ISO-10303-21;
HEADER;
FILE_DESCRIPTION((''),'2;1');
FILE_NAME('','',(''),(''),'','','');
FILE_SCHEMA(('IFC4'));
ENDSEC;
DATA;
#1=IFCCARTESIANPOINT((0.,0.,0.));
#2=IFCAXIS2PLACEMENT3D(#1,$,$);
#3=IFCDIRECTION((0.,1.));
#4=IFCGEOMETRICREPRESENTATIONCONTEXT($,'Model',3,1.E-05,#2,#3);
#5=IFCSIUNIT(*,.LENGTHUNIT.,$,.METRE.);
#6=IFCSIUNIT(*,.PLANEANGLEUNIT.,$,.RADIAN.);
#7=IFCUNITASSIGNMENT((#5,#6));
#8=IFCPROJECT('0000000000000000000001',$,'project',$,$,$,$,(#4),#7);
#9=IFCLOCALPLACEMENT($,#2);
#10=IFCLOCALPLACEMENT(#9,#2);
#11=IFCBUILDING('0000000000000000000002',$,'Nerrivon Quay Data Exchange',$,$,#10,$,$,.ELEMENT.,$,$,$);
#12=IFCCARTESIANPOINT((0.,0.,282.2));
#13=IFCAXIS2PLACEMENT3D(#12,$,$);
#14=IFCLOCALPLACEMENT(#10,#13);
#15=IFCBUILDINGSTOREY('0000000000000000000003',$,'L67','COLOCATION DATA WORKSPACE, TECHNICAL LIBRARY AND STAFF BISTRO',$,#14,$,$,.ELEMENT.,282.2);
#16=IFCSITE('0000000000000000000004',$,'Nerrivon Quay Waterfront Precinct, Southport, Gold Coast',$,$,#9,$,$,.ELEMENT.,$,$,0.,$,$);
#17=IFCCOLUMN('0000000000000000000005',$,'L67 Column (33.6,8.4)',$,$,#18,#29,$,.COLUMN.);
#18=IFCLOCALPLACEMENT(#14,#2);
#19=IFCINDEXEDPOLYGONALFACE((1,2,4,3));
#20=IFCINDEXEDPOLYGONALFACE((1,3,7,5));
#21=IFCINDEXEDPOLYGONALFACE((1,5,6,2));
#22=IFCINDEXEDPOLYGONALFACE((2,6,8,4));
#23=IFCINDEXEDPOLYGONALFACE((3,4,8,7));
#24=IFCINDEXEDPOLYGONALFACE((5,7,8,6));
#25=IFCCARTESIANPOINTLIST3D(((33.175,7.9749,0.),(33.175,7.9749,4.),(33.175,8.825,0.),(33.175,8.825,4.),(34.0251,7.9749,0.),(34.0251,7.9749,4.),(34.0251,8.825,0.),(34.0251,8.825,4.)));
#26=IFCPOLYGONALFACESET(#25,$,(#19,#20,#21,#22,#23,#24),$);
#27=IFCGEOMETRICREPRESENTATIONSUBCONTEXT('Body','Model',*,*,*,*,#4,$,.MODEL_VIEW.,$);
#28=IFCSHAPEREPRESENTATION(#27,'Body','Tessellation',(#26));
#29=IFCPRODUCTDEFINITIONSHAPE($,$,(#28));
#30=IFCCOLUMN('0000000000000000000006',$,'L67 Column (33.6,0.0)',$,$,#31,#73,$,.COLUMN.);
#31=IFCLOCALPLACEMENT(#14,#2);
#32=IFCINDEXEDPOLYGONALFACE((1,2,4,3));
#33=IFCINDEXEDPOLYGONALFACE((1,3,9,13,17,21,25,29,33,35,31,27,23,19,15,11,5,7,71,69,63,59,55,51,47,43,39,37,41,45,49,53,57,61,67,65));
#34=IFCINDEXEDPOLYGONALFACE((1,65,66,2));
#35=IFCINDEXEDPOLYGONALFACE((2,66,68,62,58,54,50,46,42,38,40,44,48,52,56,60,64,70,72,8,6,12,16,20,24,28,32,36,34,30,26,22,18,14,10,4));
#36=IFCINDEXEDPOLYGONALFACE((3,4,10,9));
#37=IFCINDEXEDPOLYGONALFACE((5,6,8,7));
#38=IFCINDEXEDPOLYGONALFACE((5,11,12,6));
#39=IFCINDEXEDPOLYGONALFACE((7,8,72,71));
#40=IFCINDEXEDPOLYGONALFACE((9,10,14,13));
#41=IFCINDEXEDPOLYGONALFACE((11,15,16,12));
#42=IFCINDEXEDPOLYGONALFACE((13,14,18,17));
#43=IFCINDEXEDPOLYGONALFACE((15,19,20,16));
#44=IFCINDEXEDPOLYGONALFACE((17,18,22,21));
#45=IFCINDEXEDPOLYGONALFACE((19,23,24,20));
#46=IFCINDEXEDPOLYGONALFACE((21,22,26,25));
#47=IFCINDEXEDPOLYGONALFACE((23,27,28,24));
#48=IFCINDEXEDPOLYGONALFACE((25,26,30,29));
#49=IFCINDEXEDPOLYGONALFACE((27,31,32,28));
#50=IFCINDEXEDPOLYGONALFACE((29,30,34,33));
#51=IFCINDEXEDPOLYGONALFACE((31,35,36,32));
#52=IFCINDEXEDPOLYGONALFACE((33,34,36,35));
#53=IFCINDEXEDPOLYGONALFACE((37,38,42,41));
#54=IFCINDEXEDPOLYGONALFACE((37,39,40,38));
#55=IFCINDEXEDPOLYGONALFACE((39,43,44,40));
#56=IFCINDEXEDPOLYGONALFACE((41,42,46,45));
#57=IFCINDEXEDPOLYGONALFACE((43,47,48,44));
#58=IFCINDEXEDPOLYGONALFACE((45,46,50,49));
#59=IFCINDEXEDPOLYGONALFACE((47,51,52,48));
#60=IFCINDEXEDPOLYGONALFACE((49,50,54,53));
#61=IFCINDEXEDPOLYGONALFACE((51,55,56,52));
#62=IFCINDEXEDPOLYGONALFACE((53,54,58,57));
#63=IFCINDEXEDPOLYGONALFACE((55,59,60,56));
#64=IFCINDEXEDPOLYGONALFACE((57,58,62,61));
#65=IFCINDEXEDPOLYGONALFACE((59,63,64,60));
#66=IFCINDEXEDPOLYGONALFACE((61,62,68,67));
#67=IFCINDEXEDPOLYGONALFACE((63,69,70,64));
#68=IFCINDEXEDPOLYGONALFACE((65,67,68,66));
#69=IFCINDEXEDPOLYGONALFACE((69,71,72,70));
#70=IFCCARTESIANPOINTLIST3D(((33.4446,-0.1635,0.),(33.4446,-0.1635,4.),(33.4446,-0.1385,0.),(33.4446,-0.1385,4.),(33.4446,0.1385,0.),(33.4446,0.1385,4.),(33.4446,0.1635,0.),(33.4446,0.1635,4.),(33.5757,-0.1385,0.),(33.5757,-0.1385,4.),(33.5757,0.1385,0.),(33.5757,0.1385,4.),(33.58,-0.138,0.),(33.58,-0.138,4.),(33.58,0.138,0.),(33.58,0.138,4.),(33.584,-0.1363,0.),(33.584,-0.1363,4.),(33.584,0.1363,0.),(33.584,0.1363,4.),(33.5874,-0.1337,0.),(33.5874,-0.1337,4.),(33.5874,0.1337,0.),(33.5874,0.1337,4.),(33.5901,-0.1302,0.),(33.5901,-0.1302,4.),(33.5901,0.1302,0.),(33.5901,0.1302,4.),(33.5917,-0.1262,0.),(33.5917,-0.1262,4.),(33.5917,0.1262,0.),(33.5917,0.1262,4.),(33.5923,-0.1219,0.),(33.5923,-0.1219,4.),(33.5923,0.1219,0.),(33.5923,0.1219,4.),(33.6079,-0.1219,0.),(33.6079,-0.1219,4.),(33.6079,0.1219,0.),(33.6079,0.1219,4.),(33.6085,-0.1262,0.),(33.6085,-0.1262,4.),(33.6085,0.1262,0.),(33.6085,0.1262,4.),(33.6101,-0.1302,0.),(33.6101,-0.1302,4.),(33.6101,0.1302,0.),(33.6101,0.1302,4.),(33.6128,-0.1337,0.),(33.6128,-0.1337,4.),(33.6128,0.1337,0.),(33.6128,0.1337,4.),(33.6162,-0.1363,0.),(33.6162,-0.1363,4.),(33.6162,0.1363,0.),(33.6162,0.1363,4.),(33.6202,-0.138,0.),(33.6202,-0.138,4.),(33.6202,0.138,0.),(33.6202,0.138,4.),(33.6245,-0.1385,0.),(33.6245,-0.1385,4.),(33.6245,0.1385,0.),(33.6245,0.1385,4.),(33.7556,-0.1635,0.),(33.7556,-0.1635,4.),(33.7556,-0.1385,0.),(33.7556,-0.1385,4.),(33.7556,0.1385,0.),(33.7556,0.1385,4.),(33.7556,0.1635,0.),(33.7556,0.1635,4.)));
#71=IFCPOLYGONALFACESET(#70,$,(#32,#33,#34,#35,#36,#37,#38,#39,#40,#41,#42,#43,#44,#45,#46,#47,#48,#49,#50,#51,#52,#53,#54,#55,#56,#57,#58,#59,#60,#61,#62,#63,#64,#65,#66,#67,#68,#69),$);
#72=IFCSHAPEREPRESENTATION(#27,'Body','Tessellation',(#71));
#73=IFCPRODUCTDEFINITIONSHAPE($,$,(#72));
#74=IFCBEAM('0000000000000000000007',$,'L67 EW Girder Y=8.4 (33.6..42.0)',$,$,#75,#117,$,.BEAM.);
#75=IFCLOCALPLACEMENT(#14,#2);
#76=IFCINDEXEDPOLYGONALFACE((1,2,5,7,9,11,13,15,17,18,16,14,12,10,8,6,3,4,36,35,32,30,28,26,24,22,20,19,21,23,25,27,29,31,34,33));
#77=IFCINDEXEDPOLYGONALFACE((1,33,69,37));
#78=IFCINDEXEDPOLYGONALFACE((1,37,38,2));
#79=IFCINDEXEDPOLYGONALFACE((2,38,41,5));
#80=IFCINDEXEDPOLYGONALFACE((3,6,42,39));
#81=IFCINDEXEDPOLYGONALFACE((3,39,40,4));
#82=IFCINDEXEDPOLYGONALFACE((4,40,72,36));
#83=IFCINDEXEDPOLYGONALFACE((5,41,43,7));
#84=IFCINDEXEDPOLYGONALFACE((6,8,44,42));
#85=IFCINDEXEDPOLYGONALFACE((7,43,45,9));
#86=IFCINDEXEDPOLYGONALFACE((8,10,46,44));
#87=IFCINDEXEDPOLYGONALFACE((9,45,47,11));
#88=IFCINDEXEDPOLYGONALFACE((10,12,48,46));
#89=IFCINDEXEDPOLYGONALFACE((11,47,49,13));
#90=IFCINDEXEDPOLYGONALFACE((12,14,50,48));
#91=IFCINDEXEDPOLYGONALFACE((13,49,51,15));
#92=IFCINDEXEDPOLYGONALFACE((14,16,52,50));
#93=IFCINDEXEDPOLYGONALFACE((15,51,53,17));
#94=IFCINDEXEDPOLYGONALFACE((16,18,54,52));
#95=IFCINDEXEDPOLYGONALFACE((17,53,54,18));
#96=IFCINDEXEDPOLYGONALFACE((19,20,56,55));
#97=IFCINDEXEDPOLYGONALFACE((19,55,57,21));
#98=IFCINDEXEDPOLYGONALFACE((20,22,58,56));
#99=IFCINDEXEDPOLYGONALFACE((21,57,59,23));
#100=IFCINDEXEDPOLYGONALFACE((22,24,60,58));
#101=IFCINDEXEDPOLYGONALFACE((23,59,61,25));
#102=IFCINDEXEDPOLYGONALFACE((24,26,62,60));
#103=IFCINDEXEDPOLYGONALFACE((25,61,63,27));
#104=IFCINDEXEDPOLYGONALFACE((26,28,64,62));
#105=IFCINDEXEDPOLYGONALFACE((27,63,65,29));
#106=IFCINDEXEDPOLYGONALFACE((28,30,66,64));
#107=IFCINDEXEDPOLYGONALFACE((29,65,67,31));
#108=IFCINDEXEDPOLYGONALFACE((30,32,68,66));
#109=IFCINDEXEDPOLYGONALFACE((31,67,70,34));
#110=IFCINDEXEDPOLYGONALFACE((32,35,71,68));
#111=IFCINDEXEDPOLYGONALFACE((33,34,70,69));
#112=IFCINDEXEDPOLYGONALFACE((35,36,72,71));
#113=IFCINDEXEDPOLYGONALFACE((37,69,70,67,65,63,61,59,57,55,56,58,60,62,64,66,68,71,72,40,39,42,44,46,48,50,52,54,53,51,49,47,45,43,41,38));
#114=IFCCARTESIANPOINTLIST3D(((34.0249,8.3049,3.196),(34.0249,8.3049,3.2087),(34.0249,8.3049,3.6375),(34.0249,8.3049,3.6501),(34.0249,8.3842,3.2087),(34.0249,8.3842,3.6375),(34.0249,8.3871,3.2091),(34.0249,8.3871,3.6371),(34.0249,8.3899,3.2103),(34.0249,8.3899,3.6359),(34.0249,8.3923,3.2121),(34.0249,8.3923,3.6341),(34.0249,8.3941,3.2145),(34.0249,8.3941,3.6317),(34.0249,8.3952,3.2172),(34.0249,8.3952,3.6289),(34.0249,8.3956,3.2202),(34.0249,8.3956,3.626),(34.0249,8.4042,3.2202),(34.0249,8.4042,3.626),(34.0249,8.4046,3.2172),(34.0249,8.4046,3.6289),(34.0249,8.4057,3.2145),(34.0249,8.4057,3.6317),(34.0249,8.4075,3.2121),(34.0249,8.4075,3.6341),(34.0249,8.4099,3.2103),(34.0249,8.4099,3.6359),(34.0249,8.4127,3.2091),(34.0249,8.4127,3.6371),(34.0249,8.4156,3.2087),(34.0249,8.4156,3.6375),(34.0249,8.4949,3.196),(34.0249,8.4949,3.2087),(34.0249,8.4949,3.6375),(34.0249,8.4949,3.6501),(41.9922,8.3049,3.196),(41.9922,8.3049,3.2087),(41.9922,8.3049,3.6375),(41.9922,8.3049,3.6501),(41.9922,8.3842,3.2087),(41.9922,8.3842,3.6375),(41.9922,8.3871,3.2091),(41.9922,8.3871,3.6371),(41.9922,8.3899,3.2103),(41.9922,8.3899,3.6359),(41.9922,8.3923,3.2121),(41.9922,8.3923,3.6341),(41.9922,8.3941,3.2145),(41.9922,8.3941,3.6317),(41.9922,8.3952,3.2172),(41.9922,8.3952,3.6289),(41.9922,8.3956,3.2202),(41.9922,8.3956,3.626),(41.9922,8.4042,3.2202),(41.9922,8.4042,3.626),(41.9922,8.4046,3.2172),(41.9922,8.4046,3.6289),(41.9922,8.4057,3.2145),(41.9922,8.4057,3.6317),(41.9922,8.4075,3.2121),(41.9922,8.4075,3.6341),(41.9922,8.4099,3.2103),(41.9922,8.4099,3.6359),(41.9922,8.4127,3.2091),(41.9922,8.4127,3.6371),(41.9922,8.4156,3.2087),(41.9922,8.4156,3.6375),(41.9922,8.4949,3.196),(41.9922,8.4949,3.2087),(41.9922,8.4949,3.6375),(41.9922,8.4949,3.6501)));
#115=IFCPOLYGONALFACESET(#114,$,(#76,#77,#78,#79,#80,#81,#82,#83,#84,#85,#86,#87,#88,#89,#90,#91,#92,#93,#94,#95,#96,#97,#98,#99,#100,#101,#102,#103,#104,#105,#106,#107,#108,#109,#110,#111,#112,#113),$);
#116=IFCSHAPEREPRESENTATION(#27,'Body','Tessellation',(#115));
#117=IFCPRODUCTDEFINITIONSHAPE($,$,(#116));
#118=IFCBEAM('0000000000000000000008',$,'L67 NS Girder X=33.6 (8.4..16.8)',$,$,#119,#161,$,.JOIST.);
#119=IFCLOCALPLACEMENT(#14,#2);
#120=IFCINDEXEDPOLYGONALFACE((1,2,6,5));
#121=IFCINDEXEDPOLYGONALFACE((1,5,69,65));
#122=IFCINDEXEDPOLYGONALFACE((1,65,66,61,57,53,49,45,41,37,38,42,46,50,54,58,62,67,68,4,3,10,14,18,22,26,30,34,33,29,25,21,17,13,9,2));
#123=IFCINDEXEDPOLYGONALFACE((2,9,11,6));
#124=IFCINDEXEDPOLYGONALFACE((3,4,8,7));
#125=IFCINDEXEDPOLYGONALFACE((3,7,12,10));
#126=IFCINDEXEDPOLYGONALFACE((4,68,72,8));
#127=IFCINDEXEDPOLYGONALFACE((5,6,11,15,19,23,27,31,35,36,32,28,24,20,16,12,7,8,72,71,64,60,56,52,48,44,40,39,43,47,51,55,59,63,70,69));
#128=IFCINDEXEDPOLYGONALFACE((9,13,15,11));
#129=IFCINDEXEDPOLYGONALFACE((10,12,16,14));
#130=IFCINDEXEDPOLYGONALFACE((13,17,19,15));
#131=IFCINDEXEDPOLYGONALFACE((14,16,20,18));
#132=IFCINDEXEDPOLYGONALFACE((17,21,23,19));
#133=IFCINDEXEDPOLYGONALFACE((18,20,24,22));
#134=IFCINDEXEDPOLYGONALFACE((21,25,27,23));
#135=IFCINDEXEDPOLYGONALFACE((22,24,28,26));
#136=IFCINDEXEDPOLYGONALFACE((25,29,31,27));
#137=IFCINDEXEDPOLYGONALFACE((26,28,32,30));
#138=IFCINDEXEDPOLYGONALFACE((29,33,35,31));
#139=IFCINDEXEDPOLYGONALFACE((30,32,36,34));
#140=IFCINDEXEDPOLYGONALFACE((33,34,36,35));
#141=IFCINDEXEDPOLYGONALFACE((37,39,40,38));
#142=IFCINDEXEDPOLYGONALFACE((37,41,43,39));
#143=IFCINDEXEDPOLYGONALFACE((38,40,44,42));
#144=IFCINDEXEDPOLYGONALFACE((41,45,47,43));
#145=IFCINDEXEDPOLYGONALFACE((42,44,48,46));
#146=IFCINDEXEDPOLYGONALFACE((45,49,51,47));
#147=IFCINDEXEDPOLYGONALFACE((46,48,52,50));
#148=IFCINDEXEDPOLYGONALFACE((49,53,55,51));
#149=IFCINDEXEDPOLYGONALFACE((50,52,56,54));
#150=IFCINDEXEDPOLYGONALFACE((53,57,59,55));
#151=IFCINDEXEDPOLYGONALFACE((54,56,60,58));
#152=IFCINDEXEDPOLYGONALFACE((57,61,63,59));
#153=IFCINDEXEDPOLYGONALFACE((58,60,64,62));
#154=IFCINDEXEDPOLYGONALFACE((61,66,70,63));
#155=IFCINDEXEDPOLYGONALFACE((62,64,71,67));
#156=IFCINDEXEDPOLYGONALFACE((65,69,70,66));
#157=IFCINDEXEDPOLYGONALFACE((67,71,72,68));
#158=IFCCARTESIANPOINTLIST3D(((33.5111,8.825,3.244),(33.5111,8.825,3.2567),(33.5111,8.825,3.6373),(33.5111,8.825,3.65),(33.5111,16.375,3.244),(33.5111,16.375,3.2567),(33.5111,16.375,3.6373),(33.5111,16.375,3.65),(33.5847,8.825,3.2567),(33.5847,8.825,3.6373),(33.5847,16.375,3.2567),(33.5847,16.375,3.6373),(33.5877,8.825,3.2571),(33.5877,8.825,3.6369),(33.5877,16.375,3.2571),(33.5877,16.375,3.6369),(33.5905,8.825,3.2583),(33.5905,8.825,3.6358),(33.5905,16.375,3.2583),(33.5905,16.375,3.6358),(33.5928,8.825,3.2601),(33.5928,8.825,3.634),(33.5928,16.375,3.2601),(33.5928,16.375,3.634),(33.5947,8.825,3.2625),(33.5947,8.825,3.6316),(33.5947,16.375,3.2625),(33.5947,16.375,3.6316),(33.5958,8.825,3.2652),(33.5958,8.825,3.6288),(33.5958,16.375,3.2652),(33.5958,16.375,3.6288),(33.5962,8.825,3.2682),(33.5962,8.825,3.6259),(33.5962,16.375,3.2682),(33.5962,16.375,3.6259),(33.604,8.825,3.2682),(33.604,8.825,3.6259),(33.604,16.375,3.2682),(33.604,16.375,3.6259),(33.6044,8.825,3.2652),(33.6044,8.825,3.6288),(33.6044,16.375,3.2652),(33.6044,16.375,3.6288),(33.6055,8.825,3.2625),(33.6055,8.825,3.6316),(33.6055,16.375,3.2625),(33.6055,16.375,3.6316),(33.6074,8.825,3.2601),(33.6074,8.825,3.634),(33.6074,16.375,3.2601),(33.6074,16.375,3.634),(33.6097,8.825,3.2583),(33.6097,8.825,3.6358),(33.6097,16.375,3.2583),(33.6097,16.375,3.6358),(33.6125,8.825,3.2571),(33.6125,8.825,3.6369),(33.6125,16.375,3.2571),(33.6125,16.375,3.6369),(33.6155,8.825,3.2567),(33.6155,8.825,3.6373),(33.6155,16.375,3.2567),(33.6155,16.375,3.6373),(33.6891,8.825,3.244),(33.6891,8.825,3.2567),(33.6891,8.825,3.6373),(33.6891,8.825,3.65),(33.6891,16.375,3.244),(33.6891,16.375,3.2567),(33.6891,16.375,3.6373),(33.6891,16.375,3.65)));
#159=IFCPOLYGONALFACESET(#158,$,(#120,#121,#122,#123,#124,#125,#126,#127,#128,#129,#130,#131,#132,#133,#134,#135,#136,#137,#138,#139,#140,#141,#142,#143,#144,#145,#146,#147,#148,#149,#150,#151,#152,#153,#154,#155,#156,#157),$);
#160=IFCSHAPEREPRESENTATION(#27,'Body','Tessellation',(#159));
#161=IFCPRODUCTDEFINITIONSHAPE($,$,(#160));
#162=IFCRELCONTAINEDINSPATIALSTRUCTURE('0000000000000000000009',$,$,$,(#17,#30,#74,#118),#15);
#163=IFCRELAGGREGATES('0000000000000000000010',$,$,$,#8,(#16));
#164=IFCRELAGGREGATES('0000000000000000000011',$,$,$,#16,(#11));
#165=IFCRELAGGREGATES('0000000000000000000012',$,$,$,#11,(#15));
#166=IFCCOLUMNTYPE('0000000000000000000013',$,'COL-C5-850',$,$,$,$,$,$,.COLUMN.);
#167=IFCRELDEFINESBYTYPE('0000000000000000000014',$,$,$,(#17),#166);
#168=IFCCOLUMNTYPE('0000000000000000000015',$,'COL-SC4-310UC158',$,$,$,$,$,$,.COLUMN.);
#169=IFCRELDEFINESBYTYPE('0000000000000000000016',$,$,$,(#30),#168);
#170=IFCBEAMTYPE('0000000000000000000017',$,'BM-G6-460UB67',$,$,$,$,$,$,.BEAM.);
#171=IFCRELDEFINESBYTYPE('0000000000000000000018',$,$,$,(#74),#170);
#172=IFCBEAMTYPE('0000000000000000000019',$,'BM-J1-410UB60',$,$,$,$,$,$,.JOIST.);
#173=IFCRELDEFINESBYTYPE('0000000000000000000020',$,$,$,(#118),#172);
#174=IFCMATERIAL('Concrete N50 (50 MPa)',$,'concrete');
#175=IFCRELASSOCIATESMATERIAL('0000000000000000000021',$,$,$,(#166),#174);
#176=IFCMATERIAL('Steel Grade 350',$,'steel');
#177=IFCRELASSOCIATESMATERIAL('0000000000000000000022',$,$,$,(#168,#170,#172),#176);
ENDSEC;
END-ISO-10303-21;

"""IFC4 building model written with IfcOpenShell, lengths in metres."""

from ifc_helpers import new_model, si_unit, direction, frame, origin, origin_2d, place, context, subcontext, project, spatial, rectangle, i_section, extrude, material, material_profile, profile_set, type_object, element, save


model = new_model("IFC4")

# Units and contexts
model_context = context("Model", 3, precision=1e-05, world=origin(), true_north=direction((0.0, 1.0)))
body_context = subcontext(model_context, "Body", "Model", "MODEL_VIEW")
ifc_project = project(units=[si_unit("LENGTHUNIT", "METRE"), si_unit("PLANEANGLEUNIT", "RADIAN")], contexts=[model_context])

# Site, building, storey
site_placement = place(None, origin())
site = spatial("IfcSite", under=ifc_project, at=site_placement, Name="Nerrivon Quay Waterfront Precinct, Southport, Gold Coast", CompositionType="ELEMENT", RefElevation=0.0)
building_placement = place(site_placement, origin())
building = spatial("IfcBuilding", under=site, at=building_placement, Name="Nerrivon Quay Data Exchange", CompositionType="ELEMENT")
storey_placement = place(building_placement, frame((0.0, 0.0, 282.2)))
storey = spatial("IfcBuildingStorey", under=building, at=storey_placement, Name="L67", Description="COLOCATION DATA WORKSPACE, TECHNICAL LIBRARY AND STAFF BISTRO", CompositionType="ELEMENT", Elevation=282.2)

# Columns
ifc_material_1 = material(Name="Concrete N50 (50 MPa)", Category="concrete")
ifc_material_profile_1 = material_profile(ifc_material_1, rectangle(XDim=0.8501, YDim=0.8501, at=origin_2d()), Name="RC-COL-850x850")
ifc_profile_set_1 = profile_set([ifc_material_profile_1], Name="Concrete N50 (50 MPa)")
column_type_1 = type_object("IfcColumnType", Name="COL-C5-850", PredefinedType="COLUMN", material=ifc_profile_set_1)
column_1_placement = place(storey_placement, frame((33.6001, 8.3999, 0.0), z_axis=(0.0, 0.0, 1.0), x_axis=(1.0, 0.0, 0.0)))
element("IfcColumn", 1, at=column_1_placement, inside=storey, type_object=column_type_1, Name="L67 Column (33.6,8.4)", PredefinedType="COLUMN", context=body_context, shape_type="SweptSolid", body=[
    extrude(rectangle(XDim=0.8501, YDim=0.8501, at=origin_2d()), origin(), (0.0, 0.0, 1.0), 4.0),
])
ifc_material_2 = material(Name="Steel Grade 350", Category="steel")
ifc_material_profile_2 = material_profile(ifc_material_2, i_section(OverallWidth=0.311, OverallDepth=0.3269, WebThickness=0.0156, FlangeThickness=0.0249, FilletRadius=0.0166, at=origin_2d()), Name="310UC158")
ifc_profile_set_2 = profile_set([ifc_material_profile_2], Name="Steel Grade 350")
column_type_2 = type_object("IfcColumnType", Name="COL-SC4-310UC158", PredefinedType="COLUMN", material=ifc_profile_set_2)
column_2_placement = place(storey_placement, frame((33.6001, 0.0, 0.0), z_axis=(0.0, 0.0, 1.0), x_axis=(1.0, 0.0, 0.0)))
element("IfcColumn", 2, at=column_2_placement, inside=storey, type_object=column_type_2, Name="L67 Column (33.6,0.0)", PredefinedType="COLUMN", context=body_context, shape_type="SweptSolid", body=[
    extrude(i_section(OverallWidth=0.311, OverallDepth=0.3269, WebThickness=0.0156, FlangeThickness=0.0249, FilletRadius=0.0166, at=origin_2d()), origin(), (0.0, 0.0, 1.0), 4.0),
])

# Beams
ifc_material_profile_3 = material_profile(ifc_material_2, i_section(OverallWidth=0.1899, OverallDepth=0.4541, WebThickness=0.0085, FlangeThickness=0.0127, FilletRadius=0.0115, at=origin_2d()), Name="460UB67.1")
ifc_profile_set_3 = profile_set([ifc_material_profile_3], Name="Steel Grade 350")
beam_type_1 = type_object("IfcBeamType", Name="BM-G6-460UB67", PredefinedType="BEAM", material=ifc_profile_set_3)
beam_1_placement = place(storey_placement, frame((34.0249, 8.3999, 3.4231), z_axis=(1.0, 0.0, 0.0), x_axis=(0.0, 1.0, 0.0)))
element("IfcBeam", 3, at=beam_1_placement, inside=storey, type_object=beam_type_1, Name="L67 EW Girder Y=8.4 (33.6..42.0)", PredefinedType="BEAM", context=body_context, shape_type="SweptSolid", body=[
    extrude(i_section(OverallWidth=0.1899, OverallDepth=0.4541, WebThickness=0.0085, FlangeThickness=0.0127, FilletRadius=0.0115, at=origin_2d()), origin(), (0.0, 0.0, 1.0), 7.9673),
])
ifc_material_profile_4 = material_profile(ifc_material_2, i_section(OverallWidth=0.178, OverallDepth=0.406, WebThickness=0.0078, FlangeThickness=0.0127, FilletRadius=0.0115, at=origin_2d()), Name="410UB59.7")
ifc_profile_set_4 = profile_set([ifc_material_profile_4], Name="Steel Grade 350")
beam_type_2 = type_object("IfcBeamType", Name="BM-J1-410UB60", PredefinedType="JOIST", material=ifc_profile_set_4)
beam_2_placement = place(storey_placement, frame((33.6001, 8.825, 3.447), z_axis=(0.0, 1.0, 0.0), x_axis=(-1.0, 0.0, 0.0)))
element("IfcBeam", 4, at=beam_2_placement, inside=storey, type_object=beam_type_2, Name="L67 NS Girder X=33.6 (8.4..16.8)", PredefinedType="JOIST", context=body_context, shape_type="SweptSolid", body=[
    extrude(i_section(OverallWidth=0.178, OverallDepth=0.406, WebThickness=0.0078, FlangeThickness=0.0127, FilletRadius=0.0115, at=origin_2d()), origin(), (0.0, 0.0, 1.0), 7.55),
])

save(model, "model.ifc")
